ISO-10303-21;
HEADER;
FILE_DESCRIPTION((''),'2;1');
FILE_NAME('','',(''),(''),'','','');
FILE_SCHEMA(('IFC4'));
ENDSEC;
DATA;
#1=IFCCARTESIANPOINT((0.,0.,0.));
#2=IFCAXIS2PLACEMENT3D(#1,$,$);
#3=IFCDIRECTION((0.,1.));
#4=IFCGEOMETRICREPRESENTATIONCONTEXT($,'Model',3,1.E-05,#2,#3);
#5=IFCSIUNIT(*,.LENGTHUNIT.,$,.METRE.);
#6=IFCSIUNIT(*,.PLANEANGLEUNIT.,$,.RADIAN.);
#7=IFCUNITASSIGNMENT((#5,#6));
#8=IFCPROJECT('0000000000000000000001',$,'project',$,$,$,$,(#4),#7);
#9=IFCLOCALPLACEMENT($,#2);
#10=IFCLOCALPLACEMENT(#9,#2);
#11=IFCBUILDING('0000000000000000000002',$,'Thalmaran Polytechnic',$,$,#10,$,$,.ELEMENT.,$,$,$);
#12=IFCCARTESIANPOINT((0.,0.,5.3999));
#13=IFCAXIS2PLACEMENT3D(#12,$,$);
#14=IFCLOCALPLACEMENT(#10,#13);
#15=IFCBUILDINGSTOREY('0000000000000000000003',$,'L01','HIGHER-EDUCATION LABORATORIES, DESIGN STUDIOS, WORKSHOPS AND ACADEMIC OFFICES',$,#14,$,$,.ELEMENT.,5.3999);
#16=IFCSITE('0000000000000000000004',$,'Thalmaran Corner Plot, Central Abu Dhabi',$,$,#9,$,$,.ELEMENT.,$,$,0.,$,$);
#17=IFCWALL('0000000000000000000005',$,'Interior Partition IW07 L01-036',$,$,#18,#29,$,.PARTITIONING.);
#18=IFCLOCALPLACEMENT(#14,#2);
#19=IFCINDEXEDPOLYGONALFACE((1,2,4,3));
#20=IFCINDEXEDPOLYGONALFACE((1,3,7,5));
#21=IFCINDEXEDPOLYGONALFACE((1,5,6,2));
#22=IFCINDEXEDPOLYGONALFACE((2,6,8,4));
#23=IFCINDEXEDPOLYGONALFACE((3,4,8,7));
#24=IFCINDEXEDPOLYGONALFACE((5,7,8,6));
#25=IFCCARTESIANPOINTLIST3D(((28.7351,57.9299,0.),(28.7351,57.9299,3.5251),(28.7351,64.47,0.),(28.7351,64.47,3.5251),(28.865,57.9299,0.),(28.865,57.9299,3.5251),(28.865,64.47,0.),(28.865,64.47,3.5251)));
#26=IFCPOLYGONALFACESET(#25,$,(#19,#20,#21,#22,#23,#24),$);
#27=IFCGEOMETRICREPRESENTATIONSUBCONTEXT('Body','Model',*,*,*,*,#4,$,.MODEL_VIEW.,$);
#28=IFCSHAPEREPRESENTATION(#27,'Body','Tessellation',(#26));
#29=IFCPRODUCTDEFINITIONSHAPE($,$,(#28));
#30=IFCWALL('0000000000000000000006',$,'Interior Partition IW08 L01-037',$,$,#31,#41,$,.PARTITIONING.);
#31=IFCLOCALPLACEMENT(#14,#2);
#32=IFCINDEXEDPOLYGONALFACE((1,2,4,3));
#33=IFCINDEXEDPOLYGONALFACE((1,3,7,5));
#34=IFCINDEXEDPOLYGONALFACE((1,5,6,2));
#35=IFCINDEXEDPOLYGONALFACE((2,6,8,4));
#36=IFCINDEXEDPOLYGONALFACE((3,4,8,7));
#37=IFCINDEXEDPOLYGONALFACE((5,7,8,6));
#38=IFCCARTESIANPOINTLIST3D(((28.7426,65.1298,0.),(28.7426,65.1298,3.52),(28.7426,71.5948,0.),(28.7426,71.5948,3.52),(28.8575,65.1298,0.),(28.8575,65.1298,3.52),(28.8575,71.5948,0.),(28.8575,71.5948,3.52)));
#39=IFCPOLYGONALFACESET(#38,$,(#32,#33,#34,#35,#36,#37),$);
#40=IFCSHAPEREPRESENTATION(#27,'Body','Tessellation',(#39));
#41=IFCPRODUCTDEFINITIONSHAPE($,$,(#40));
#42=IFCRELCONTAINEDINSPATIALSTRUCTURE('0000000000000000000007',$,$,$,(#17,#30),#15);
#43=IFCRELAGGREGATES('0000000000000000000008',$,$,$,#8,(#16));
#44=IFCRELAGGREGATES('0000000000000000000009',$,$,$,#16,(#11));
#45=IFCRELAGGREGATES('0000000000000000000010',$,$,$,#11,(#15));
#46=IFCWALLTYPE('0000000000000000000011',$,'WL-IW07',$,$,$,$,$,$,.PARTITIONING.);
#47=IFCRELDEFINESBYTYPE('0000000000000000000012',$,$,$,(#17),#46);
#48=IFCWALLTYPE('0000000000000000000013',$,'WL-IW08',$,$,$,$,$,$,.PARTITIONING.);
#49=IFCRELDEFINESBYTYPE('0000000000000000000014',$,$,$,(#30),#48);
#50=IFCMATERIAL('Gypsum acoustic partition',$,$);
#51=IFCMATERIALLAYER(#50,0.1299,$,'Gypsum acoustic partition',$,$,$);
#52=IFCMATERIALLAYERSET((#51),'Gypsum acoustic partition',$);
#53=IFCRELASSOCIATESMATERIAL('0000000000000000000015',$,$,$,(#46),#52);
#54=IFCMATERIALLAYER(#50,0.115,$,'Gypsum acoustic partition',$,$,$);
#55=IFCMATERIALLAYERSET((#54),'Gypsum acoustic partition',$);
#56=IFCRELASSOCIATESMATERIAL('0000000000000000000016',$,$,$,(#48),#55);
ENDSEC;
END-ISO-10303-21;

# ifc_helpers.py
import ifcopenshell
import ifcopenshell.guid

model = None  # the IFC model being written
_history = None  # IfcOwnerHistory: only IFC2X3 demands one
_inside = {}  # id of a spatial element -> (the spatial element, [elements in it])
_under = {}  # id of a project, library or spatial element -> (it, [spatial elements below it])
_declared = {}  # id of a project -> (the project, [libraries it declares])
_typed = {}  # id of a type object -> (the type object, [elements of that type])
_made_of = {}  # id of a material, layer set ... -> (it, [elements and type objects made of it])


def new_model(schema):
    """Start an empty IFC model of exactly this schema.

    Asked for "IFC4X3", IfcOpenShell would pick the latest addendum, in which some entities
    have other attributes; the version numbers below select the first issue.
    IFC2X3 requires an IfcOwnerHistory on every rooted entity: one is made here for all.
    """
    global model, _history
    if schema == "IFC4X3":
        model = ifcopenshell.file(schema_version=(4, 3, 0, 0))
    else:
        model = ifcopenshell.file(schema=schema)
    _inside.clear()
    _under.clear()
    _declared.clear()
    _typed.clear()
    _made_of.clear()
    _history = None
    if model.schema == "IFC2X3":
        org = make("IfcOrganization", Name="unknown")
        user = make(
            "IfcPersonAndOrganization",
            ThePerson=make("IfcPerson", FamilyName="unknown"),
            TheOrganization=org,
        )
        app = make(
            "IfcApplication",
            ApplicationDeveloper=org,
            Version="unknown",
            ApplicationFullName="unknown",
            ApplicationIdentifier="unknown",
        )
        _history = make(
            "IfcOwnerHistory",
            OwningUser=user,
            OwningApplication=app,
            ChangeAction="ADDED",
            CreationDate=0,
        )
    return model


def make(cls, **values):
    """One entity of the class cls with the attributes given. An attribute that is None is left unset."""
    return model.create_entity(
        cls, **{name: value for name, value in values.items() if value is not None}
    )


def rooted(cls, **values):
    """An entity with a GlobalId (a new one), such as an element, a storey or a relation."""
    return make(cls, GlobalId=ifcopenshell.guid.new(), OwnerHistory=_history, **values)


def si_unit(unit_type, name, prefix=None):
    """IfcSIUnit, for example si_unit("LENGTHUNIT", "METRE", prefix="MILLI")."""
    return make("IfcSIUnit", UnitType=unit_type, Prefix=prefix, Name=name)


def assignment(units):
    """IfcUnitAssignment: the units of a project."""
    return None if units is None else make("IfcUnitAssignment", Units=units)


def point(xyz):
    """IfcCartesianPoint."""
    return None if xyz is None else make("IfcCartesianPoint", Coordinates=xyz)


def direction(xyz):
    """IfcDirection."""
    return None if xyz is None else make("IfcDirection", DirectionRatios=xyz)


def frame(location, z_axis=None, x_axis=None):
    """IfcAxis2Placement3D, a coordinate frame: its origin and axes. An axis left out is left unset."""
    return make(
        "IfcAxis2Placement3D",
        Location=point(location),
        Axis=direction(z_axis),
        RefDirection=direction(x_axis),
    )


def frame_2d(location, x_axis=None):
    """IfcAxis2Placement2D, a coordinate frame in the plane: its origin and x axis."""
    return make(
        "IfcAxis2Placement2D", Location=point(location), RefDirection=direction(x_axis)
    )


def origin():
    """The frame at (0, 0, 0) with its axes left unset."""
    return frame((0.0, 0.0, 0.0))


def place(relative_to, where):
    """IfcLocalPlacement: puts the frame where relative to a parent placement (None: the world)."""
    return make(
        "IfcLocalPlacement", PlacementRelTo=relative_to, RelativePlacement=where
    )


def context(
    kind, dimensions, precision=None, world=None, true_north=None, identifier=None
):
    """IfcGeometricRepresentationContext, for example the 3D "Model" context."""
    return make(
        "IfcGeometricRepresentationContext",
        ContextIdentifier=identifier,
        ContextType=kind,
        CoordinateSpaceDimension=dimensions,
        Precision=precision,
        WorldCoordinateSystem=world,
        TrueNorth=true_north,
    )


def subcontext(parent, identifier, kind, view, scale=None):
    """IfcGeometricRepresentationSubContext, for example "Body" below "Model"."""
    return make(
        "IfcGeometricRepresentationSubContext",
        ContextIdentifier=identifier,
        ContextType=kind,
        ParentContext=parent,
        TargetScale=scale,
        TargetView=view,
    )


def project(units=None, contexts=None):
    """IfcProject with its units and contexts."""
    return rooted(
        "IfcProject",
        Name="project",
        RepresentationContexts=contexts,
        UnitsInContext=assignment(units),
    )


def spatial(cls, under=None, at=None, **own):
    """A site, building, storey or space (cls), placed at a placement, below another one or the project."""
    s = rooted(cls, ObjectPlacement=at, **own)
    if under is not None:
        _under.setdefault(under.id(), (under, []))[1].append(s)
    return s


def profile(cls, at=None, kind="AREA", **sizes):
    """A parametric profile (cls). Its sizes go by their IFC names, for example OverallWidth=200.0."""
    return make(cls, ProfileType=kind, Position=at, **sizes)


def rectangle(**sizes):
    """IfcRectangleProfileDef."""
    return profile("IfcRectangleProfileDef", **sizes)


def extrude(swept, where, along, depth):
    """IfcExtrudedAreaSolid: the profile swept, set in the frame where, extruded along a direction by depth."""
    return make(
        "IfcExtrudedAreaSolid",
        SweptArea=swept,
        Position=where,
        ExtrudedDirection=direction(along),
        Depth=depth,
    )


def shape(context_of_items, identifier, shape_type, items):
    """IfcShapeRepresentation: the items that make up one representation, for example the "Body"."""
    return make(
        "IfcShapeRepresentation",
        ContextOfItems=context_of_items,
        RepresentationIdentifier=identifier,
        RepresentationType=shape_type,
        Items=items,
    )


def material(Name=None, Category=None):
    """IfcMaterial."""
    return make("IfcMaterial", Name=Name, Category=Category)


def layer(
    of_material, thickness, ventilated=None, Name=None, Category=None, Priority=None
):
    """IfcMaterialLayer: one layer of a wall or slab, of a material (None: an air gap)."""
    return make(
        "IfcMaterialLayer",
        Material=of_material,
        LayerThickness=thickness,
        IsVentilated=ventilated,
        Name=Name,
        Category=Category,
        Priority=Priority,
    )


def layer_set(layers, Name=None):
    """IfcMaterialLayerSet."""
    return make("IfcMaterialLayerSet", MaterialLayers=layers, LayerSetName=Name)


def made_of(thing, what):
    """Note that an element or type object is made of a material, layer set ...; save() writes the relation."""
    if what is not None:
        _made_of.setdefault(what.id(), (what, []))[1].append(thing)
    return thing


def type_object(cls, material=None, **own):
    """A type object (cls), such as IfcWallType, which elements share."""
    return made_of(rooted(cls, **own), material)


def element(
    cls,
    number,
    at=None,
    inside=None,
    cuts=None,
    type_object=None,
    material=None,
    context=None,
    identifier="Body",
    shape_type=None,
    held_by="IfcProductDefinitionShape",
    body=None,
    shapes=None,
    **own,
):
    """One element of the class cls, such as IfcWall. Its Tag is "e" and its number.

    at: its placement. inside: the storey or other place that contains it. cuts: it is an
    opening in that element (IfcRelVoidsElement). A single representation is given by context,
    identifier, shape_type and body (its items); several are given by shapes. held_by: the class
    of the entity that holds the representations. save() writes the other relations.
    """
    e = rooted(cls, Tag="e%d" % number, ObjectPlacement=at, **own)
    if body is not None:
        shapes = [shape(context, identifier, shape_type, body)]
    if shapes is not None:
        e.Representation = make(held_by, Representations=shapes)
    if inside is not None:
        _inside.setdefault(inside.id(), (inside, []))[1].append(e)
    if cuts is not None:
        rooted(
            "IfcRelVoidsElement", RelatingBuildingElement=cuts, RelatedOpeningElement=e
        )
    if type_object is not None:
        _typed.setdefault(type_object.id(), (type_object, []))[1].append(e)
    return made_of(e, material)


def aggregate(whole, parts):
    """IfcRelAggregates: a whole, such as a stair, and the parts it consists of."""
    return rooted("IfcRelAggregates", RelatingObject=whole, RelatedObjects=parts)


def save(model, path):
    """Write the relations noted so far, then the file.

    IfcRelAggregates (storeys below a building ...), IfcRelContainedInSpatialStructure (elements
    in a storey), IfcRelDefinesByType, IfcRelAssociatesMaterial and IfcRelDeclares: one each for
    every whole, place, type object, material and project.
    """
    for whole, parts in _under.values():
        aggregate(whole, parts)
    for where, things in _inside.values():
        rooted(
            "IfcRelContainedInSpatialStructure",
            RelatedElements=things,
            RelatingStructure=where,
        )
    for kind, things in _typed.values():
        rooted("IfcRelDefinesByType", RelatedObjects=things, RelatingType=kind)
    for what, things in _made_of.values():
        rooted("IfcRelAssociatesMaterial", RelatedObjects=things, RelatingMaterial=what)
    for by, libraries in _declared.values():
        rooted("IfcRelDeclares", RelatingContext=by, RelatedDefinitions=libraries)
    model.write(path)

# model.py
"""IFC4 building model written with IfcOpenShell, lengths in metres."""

from ifc_helpers import new_model, si_unit, direction, frame, frame_2d, origin, place, context, subcontext, project, spatial, rectangle, extrude, material, layer, layer_set, type_object, element, save


model = new_model("IFC4")

# Units and contexts
model_context = context("Model", 3, precision=1e-05, world=origin(), true_north=direction((0.0, 1.0)))
body_context = subcontext(model_context, "Body", "Model", "MODEL_VIEW")
ifc_project = project(units=[si_unit("LENGTHUNIT", "METRE"), si_unit("PLANEANGLEUNIT", "RADIAN")], contexts=[model_context])

# Site, building, storey
site_placement = place(None, origin())
site = spatial("IfcSite", under=ifc_project, at=site_placement, Name="Thalmaran Corner Plot, Central Abu Dhabi", CompositionType="ELEMENT", RefElevation=0.0)
building_placement = place(site_placement, origin())
building = spatial("IfcBuilding", under=site, at=building_placement, Name="Thalmaran Polytechnic", CompositionType="ELEMENT")
storey_placement = place(building_placement, frame((0.0, 0.0, 5.3999)))
storey = spatial("IfcBuildingStorey", under=building, at=storey_placement, Name="L01", Description="HIGHER-EDUCATION LABORATORIES, DESIGN STUDIOS, WORKSHOPS AND ACADEMIC OFFICES", CompositionType="ELEMENT", Elevation=5.3999)

# Shared definitions
ifc_material_1 = material(Name="Gypsum acoustic partition")

# Walls
ifc_layer_1 = layer(ifc_material_1, 0.1299, Name="Gypsum acoustic partition")
ifc_layer_set_1 = layer_set([ifc_layer_1], Name="Gypsum acoustic partition")
wall_type_1 = type_object("IfcWallType", Name="WL-IW07", PredefinedType="PARTITIONING", material=ifc_layer_set_1)
wall_1_placement = place(storey_placement, frame((28.8, 57.9299, 0.0), z_axis=(0.0, 0.0, 1.0), x_axis=(0.0, 1.0, 0.0)))
element("IfcWall", 1, at=wall_1_placement, inside=storey, type_object=wall_type_1, Name="Interior Partition IW07 L01-036", PredefinedType="PARTITIONING", context=body_context, shape_type="SweptSolid", body=[
    extrude(rectangle(XDim=6.54, YDim=0.1299, at=frame_2d((3.27, 0.0))), origin(), (0.0, 0.0, 1.0), 3.5251),
])
ifc_layer_2 = layer(ifc_material_1, 0.115, Name="Gypsum acoustic partition")
ifc_layer_set_2 = layer_set([ifc_layer_2], Name="Gypsum acoustic partition")
wall_type_2 = type_object("IfcWallType", Name="WL-IW08", PredefinedType="PARTITIONING", material=ifc_layer_set_2)
wall_2_placement = place(storey_placement, frame((28.8, 65.1299, 0.0), z_axis=(0.0, 0.0, 1.0), x_axis=(0.0, 1.0, 0.0)))
element("IfcWall", 2, at=wall_2_placement, inside=storey, type_object=wall_type_2, Name="Interior Partition IW08 L01-037", PredefinedType="PARTITIONING", context=body_context, shape_type="SweptSolid", body=[
    extrude(rectangle(XDim=6.4651, YDim=0.115, at=frame_2d((3.2324, 0.0))), origin(), (0.0, 0.0, 1.0), 3.52),
])

save(model, "model.ifc")
